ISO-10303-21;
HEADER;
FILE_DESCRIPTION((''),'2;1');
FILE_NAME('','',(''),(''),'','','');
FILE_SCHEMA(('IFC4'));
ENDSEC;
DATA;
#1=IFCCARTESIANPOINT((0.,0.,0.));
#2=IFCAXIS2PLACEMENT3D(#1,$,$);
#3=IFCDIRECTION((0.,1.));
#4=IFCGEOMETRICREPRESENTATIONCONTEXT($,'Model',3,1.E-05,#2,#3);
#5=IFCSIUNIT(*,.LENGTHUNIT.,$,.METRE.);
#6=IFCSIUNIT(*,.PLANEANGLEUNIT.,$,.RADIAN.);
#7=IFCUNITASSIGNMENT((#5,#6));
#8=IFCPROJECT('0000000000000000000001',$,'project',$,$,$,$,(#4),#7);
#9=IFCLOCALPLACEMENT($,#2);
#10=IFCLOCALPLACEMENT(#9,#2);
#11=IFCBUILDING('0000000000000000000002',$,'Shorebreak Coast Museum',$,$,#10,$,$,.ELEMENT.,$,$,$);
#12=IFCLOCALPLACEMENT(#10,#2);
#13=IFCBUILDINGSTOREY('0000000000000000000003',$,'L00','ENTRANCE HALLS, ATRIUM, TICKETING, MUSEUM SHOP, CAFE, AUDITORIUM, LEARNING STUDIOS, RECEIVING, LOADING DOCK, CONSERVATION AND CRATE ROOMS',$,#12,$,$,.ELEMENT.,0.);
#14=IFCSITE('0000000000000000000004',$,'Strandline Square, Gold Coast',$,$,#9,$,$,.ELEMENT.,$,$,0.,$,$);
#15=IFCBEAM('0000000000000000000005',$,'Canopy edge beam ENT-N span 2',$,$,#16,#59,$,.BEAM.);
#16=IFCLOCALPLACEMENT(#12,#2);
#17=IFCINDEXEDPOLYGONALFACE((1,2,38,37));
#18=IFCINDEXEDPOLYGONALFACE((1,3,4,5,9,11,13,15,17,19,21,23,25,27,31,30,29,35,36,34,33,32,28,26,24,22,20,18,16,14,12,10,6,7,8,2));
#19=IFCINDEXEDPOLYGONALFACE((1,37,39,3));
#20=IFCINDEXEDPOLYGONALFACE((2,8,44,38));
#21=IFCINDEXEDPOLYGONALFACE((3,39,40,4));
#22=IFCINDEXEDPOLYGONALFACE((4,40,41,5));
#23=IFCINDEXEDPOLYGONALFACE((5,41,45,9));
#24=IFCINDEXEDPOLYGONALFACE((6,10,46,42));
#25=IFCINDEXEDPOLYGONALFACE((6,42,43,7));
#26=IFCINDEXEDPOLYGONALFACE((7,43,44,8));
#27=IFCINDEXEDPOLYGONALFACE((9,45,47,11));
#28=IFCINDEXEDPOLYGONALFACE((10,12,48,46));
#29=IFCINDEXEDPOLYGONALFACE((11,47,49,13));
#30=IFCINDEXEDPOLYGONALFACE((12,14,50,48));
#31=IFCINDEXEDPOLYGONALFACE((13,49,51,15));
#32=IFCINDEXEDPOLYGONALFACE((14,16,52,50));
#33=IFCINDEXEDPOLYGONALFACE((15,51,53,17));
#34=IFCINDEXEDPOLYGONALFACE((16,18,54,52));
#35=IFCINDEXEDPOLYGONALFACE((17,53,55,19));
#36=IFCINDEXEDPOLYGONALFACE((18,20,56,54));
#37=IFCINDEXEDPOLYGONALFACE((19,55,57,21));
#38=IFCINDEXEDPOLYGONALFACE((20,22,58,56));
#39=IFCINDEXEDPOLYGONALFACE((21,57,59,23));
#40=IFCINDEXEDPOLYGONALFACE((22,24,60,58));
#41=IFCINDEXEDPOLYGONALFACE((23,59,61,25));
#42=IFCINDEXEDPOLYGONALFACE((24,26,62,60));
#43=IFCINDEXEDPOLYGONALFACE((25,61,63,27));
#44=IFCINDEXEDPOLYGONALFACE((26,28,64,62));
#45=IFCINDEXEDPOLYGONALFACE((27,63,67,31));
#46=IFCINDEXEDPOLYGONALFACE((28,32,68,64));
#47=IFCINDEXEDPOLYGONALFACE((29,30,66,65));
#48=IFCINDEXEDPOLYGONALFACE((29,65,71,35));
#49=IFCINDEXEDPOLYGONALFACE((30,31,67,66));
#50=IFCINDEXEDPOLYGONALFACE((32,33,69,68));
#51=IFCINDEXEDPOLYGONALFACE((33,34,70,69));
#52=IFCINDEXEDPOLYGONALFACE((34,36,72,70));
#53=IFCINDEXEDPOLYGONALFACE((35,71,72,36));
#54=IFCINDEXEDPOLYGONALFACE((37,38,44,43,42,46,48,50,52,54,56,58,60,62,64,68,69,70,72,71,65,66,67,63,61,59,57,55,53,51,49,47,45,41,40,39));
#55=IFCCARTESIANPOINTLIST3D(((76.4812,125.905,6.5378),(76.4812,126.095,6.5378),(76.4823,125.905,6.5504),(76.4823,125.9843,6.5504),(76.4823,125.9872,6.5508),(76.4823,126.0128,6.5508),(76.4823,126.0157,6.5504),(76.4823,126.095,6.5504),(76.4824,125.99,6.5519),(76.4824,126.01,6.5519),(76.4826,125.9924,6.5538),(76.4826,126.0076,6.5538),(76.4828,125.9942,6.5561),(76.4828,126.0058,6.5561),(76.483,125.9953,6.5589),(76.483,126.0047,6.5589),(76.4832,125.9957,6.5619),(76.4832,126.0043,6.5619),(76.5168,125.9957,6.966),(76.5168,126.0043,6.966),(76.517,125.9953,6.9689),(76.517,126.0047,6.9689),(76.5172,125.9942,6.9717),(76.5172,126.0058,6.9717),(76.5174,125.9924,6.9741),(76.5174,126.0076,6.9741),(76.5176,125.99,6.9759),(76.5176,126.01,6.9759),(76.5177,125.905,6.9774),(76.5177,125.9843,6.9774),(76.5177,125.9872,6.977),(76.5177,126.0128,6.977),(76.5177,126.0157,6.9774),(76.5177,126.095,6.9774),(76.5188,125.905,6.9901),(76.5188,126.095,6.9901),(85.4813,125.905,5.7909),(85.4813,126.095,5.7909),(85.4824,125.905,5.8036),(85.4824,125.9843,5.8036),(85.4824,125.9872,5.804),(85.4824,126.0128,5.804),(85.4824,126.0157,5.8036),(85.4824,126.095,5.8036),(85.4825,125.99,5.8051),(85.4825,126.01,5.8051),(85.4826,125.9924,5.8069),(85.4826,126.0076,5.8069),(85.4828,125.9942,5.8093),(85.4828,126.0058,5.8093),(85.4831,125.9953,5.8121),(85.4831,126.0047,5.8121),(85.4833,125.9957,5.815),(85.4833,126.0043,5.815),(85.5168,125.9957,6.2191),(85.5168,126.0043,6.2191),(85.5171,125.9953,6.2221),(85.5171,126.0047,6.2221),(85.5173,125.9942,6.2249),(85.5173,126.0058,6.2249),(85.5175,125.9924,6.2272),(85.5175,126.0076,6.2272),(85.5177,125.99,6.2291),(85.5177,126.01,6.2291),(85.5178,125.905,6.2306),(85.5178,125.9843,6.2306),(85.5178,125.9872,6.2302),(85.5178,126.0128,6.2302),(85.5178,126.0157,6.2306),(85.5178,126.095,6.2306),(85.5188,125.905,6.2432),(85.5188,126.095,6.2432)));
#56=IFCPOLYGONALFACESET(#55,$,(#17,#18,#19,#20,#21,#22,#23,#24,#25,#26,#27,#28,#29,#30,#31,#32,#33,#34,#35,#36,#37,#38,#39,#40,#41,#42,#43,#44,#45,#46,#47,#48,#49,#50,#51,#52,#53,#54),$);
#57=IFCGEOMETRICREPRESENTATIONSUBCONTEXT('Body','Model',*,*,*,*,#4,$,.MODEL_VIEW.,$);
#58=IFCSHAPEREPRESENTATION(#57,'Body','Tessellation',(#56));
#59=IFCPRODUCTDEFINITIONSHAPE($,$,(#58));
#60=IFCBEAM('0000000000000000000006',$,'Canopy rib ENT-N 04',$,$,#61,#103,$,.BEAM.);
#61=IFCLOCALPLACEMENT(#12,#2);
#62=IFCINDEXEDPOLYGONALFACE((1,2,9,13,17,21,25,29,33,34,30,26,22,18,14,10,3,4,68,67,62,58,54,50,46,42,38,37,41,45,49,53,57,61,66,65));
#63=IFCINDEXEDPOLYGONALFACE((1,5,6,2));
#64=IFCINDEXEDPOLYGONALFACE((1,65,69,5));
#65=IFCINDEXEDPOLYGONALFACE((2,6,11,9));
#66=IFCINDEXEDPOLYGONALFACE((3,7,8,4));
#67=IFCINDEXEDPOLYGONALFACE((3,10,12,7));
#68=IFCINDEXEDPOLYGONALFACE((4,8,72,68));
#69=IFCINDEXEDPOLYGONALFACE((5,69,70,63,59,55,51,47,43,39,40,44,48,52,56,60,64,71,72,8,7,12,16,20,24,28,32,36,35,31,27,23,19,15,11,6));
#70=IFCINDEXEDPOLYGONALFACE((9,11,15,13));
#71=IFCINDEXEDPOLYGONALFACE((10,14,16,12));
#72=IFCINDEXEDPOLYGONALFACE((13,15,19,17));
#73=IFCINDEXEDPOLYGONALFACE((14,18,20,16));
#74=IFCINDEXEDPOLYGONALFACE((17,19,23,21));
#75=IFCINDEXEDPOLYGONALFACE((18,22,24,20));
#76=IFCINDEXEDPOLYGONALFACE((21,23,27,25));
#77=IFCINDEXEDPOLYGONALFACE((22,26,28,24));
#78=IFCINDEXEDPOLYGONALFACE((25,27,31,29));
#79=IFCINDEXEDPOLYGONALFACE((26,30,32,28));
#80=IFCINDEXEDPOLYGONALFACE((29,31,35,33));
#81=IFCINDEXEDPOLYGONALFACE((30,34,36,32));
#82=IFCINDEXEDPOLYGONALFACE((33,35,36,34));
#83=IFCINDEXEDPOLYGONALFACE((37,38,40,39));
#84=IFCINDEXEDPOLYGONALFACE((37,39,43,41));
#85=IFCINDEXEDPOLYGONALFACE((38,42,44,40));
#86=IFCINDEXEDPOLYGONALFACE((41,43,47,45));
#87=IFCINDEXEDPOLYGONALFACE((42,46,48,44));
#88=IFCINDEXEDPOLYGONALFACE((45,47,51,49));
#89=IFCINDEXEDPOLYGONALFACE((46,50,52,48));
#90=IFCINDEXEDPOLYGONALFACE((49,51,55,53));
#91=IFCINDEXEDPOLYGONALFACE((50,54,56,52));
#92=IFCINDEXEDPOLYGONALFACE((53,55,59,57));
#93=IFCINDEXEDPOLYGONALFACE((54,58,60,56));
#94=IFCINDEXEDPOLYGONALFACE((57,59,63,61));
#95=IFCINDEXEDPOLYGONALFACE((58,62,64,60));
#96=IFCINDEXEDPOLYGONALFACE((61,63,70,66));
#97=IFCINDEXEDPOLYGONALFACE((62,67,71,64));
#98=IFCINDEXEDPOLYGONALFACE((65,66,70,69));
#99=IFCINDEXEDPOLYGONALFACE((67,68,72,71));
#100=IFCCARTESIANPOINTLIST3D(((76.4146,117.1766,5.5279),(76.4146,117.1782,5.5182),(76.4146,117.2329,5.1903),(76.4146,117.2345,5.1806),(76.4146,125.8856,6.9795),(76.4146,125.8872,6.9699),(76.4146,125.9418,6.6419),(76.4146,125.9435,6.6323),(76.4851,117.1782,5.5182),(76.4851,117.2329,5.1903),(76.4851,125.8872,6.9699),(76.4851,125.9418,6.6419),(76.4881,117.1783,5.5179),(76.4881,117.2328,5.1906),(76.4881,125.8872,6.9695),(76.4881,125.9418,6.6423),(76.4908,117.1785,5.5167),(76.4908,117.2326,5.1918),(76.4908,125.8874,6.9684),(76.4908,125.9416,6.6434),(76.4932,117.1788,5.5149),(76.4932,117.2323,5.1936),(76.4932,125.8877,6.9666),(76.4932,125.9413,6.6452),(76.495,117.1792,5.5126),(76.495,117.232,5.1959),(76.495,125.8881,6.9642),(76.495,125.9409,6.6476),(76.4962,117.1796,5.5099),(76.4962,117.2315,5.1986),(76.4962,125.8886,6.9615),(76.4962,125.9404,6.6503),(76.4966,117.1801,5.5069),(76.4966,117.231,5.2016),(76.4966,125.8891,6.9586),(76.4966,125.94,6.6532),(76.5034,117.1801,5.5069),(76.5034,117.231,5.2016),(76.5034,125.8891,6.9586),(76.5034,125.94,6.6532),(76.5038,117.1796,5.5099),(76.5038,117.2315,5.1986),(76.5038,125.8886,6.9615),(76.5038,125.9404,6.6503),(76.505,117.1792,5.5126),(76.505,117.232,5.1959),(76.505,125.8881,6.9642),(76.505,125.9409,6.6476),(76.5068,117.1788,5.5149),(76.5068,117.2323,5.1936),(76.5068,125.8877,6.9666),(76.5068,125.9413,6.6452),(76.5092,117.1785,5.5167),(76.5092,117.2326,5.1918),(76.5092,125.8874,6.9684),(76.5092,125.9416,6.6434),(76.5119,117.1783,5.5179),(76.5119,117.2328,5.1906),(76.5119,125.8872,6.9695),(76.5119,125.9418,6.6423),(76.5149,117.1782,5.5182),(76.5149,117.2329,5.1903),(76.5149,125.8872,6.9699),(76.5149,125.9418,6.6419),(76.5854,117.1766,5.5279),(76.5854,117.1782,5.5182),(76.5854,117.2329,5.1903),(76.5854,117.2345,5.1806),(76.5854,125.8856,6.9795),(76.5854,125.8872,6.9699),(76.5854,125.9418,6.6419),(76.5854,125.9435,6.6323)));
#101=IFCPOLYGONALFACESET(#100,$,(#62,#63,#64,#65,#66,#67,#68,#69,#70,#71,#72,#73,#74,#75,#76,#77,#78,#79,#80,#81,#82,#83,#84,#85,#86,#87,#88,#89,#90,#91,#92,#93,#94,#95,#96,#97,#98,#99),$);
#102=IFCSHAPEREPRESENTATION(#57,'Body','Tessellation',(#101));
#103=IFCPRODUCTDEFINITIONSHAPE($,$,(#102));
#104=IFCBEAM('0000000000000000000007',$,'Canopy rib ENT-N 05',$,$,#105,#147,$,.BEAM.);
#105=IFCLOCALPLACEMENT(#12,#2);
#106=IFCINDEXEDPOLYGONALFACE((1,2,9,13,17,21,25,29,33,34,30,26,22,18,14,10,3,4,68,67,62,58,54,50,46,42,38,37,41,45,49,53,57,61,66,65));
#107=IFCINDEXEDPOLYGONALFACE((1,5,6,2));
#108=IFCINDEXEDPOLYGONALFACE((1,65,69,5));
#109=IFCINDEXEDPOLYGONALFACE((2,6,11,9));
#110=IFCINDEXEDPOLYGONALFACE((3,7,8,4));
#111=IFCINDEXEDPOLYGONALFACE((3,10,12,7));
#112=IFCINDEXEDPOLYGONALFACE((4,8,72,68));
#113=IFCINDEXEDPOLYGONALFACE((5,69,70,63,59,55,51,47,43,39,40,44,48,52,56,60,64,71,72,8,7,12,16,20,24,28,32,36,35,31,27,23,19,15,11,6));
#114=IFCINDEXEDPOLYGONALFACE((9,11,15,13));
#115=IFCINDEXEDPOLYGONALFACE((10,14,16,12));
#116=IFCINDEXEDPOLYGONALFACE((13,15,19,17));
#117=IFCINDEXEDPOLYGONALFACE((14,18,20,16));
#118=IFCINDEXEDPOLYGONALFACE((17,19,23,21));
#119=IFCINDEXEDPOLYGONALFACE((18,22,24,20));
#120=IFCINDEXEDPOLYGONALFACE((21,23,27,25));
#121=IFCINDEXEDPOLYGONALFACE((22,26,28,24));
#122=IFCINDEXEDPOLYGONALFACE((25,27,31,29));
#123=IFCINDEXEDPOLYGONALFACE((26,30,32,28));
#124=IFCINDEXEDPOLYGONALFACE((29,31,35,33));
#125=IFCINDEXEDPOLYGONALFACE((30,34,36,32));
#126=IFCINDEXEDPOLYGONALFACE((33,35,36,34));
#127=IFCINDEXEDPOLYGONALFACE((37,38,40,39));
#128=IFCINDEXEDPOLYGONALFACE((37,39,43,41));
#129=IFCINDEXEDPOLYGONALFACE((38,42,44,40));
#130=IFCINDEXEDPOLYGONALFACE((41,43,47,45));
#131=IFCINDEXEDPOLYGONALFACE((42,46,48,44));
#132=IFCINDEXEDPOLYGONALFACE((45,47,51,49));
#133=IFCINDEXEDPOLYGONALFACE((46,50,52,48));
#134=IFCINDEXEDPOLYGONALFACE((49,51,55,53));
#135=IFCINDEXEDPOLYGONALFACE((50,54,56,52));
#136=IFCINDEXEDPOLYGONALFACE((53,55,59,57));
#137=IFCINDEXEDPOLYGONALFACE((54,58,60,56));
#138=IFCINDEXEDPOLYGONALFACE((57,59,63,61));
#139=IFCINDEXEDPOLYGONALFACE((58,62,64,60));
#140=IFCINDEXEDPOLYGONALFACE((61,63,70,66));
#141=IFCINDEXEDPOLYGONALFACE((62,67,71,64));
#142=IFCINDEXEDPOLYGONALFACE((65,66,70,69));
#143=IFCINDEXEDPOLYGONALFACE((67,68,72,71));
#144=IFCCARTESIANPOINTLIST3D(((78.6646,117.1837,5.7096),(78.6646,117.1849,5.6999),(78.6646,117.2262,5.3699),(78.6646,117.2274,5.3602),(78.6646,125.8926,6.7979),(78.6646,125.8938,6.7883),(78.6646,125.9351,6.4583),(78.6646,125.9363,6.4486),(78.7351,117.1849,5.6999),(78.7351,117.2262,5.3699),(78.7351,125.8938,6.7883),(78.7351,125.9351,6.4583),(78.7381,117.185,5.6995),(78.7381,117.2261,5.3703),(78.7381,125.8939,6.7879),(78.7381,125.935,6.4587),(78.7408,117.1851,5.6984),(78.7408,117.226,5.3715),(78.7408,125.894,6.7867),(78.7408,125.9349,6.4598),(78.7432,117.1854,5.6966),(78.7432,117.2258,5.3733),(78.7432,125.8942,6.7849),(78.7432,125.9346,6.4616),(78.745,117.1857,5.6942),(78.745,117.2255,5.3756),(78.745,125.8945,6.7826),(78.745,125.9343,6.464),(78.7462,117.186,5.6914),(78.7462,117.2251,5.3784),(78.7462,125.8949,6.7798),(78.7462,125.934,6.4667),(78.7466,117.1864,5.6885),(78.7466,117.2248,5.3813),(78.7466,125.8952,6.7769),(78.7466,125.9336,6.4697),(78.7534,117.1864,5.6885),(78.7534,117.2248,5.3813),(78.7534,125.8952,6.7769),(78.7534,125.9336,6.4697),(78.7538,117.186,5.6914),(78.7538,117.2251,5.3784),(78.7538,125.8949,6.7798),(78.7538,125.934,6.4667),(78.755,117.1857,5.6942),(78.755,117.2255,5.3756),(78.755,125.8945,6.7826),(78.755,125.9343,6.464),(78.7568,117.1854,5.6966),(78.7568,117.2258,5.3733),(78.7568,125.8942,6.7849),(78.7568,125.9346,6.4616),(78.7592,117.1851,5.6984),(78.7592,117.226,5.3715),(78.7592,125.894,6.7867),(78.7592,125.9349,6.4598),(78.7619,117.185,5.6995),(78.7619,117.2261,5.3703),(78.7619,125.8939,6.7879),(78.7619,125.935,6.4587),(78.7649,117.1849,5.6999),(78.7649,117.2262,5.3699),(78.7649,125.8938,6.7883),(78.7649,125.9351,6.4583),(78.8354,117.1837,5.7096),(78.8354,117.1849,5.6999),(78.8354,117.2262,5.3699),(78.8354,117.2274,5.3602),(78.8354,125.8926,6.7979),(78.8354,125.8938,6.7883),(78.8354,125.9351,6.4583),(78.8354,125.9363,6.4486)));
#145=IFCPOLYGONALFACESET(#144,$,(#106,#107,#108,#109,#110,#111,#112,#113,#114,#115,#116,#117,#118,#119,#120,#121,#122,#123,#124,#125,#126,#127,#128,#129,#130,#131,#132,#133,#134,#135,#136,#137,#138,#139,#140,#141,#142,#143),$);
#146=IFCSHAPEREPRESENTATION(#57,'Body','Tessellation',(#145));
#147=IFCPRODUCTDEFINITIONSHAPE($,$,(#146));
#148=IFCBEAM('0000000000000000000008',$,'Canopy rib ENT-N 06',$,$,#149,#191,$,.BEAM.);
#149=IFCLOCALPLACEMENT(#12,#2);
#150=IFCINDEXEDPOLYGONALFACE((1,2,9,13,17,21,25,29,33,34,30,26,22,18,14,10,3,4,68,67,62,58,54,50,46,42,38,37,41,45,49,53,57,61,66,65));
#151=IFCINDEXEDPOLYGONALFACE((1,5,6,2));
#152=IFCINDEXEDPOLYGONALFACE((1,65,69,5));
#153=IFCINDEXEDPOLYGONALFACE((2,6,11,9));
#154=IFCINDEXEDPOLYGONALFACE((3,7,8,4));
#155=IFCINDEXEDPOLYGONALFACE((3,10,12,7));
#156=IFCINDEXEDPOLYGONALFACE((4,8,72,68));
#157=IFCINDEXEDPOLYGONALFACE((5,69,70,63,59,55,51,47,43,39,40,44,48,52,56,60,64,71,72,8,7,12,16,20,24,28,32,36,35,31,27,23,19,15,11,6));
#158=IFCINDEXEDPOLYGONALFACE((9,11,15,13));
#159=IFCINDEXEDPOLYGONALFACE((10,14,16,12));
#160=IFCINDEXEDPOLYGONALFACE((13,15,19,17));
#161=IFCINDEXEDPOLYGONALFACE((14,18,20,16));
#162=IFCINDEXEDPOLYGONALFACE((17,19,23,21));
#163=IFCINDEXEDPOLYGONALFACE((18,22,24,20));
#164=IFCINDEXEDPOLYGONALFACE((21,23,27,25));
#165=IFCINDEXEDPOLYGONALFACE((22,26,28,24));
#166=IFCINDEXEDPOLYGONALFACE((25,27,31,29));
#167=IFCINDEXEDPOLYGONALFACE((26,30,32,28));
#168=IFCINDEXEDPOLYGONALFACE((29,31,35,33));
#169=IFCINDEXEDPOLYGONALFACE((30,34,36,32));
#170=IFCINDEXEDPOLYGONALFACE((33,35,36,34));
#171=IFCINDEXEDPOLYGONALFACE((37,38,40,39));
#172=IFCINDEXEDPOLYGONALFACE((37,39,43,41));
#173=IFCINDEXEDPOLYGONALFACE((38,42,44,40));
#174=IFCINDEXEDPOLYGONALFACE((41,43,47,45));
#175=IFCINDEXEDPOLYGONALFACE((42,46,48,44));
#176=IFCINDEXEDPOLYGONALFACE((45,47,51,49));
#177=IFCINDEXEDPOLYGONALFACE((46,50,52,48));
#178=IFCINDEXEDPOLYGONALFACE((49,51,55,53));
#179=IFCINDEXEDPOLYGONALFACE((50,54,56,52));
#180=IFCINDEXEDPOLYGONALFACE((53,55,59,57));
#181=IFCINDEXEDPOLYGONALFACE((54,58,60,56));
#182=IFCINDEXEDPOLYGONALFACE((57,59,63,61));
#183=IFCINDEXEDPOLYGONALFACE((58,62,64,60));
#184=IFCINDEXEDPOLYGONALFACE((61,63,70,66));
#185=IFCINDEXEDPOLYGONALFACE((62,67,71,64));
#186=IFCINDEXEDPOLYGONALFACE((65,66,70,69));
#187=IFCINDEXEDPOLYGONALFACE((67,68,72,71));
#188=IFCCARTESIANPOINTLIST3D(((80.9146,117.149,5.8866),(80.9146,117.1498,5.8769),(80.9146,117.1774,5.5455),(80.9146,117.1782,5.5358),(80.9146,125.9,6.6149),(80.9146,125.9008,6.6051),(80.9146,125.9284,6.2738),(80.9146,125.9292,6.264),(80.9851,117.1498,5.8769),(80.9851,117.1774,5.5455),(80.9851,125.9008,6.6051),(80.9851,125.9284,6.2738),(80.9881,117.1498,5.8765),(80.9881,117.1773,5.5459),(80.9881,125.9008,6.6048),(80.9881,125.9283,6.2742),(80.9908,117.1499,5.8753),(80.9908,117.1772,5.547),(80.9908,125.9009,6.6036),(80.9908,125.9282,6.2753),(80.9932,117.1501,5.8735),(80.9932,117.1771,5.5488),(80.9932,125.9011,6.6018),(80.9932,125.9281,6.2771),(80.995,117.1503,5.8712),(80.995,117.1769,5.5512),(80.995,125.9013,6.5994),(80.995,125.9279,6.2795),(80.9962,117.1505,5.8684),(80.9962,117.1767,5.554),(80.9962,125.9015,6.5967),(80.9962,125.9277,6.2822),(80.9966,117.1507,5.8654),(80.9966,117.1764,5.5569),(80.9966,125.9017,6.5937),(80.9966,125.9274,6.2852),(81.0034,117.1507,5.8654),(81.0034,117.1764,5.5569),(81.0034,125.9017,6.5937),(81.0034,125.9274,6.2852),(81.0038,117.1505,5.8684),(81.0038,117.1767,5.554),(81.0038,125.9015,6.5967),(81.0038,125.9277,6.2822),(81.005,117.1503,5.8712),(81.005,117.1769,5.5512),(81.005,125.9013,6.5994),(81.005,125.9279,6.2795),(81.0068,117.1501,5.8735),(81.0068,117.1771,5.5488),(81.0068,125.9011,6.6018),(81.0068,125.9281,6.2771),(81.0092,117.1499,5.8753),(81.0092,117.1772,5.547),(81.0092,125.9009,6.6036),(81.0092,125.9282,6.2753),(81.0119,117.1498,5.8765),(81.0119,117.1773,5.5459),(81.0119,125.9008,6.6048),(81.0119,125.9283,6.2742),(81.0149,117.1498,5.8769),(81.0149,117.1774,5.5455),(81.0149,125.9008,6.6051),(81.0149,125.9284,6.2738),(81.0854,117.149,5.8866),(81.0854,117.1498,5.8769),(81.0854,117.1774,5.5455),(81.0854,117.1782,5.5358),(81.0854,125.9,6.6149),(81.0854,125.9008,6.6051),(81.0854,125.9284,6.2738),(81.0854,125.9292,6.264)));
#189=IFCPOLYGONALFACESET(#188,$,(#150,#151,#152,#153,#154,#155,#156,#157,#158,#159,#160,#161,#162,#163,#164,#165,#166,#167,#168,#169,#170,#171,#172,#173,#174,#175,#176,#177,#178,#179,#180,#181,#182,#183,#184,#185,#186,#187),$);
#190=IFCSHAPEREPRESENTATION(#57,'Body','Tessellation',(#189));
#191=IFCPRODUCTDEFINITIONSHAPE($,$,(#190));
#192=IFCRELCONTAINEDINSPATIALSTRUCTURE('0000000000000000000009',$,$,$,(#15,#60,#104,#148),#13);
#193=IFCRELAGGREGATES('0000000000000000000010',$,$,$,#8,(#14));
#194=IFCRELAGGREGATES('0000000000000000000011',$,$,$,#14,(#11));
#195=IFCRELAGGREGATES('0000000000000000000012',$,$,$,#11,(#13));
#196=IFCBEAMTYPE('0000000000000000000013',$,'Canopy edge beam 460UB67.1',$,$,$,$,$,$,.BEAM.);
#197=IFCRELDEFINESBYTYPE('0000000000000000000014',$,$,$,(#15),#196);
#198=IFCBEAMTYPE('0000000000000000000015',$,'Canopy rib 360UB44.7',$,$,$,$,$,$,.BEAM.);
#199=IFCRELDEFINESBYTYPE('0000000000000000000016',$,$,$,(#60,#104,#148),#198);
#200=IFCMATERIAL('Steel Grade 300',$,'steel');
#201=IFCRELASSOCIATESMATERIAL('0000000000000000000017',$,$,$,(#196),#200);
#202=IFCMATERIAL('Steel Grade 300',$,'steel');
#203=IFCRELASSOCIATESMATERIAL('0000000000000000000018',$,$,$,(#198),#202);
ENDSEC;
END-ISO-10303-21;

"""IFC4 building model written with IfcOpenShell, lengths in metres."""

from ifc_helpers import new_model, si_unit, direction, frame, origin, origin_2d, place, context, subcontext, project, spatial, i_section, extrude, material, material_profile, profile_set, type_object, element, save


model = new_model("IFC4")

# Units and contexts
model_context = context("Model", 3, precision=1e-05, world=origin(), true_north=direction((0.0, 1.0)))
body_context = subcontext(model_context, "Body", "Model", "MODEL_VIEW")
ifc_project = project(units=[si_unit("LENGTHUNIT", "METRE"), si_unit("PLANEANGLEUNIT", "RADIAN")], contexts=[model_context])

# Site, building, storey
site_placement = place(None, origin())
site = spatial("IfcSite", under=ifc_project, at=site_placement, Name="Strandline Square, Gold Coast", CompositionType="ELEMENT", RefElevation=0.0)
building_placement = place(site_placement, origin())
building = spatial("IfcBuilding", under=site, at=building_placement, Name="Shorebreak Coast Museum", CompositionType="ELEMENT")
storey_placement = place(building_placement, origin())
storey = spatial("IfcBuildingStorey", under=building, at=storey_placement, Name="L00", Description="ENTRANCE HALLS, ATRIUM, TICKETING, MUSEUM SHOP, CAFE, AUDITORIUM, LEARNING STUDIOS, RECEIVING, LOADING DOCK, CONSERVATION AND CRATE ROOMS", CompositionType="ELEMENT", Elevation=0.0)

# Beams
ifc_material_1 = material(Name="Steel Grade 300", Category="steel")
ifc_material_profile_1 = material_profile(ifc_material_1, i_section(OverallWidth=0.1899, OverallDepth=0.4539, WebThickness=0.0085, FlangeThickness=0.0127, FilletRadius=0.0115, at=origin_2d()), Name="460UB67.1")
ifc_profile_set_1 = profile_set([ifc_material_profile_1], Name="Steel Grade 300")
beam_type_1 = type_object("IfcBeamType", Name="Canopy edge beam 460UB67.1", PredefinedType="BEAM", material=ifc_profile_set_1)
beam_1_placement = place(storey_placement, frame((76.5, 126.0, 6.7639), z_axis=(0.996575, 0.0, -0.082696), x_axis=(0.0, 1.0, 0.0)))
element("IfcBeam", 1, at=beam_1_placement, inside=storey, type_object=beam_type_1, Name="Canopy edge beam ENT-N span 2", PredefinedType="BEAM", context=body_context, shape_type="SweptSolid", body=[
    extrude(i_section(OverallWidth=0.1899, OverallDepth=0.4539, WebThickness=0.0085, FlangeThickness=0.0127, FilletRadius=0.0115, at=origin_2d()), origin(), (0.0, 0.0, 1.0), 9.031),
])
ifc_material_2 = material(Name="Steel Grade 300", Category="steel")
ifc_material_profile_2 = material_profile(ifc_material_2, i_section(OverallWidth=0.1709, OverallDepth=0.3521, WebThickness=0.0068, FlangeThickness=0.0098, FilletRadius=0.0115, at=origin_2d()), Name="360UB44.7")
ifc_profile_set_2 = profile_set([ifc_material_profile_2], Name="Steel Grade 300")
beam_type_2 = type_object("IfcBeamType", Name="Canopy rib 360UB44.7", PredefinedType="BEAM", material=ifc_profile_set_2)
beam_2_placement = place(storey_placement, frame((76.5, 117.2056, 5.3542), z_axis=(0.0, 0.986391, 0.164417), x_axis=(-1.0, 0.0, 0.0)))
element("IfcBeam", 2, at=beam_2_placement, inside=storey, type_object=beam_type_2, Name="Canopy rib ENT-N 04", PredefinedType="BEAM", context=body_context, shape_type="SweptSolid", body=[
    extrude(i_section(OverallWidth=0.1709, OverallDepth=0.3521, WebThickness=0.0068, FlangeThickness=0.0098, FilletRadius=0.0115, at=origin_2d()), origin(), (0.0, 0.0, 1.0), 8.8291),
])
beam_3_placement = place(storey_placement, frame((78.75, 117.2056, 5.5349), z_axis=(0.0, 0.992281, 0.124007), x_axis=(-1.0, 0.0, 0.0)))
element("IfcBeam", 3, at=beam_3_placement, inside=storey, type_object=beam_type_2, Name="Canopy rib ENT-N 05", PredefinedType="BEAM", context=body_context, shape_type="SweptSolid", body=[
    extrude(i_section(OverallWidth=0.1709, OverallDepth=0.3521, WebThickness=0.0068, FlangeThickness=0.0098, FilletRadius=0.0115, at=origin_2d()), origin(), (0.0, 0.0, 1.0), 8.7766),
])
beam_4_placement = place(storey_placement, frame((81.0, 117.1636, 5.7112), z_axis=(0.0, 0.996555, 0.082935), x_axis=(-1.0, 0.0, 0.0)))
element("IfcBeam", 4, at=beam_4_placement, inside=storey, type_object=beam_type_2, Name="Canopy rib ENT-N 06", PredefinedType="BEAM", context=body_context, shape_type="SweptSolid", body=[
    extrude(i_section(OverallWidth=0.1709, OverallDepth=0.3521, WebThickness=0.0068, FlangeThickness=0.0098, FilletRadius=0.0115, at=origin_2d()), origin(), (0.0, 0.0, 1.0), 8.7812),
])

save(model, "model.ifc")
